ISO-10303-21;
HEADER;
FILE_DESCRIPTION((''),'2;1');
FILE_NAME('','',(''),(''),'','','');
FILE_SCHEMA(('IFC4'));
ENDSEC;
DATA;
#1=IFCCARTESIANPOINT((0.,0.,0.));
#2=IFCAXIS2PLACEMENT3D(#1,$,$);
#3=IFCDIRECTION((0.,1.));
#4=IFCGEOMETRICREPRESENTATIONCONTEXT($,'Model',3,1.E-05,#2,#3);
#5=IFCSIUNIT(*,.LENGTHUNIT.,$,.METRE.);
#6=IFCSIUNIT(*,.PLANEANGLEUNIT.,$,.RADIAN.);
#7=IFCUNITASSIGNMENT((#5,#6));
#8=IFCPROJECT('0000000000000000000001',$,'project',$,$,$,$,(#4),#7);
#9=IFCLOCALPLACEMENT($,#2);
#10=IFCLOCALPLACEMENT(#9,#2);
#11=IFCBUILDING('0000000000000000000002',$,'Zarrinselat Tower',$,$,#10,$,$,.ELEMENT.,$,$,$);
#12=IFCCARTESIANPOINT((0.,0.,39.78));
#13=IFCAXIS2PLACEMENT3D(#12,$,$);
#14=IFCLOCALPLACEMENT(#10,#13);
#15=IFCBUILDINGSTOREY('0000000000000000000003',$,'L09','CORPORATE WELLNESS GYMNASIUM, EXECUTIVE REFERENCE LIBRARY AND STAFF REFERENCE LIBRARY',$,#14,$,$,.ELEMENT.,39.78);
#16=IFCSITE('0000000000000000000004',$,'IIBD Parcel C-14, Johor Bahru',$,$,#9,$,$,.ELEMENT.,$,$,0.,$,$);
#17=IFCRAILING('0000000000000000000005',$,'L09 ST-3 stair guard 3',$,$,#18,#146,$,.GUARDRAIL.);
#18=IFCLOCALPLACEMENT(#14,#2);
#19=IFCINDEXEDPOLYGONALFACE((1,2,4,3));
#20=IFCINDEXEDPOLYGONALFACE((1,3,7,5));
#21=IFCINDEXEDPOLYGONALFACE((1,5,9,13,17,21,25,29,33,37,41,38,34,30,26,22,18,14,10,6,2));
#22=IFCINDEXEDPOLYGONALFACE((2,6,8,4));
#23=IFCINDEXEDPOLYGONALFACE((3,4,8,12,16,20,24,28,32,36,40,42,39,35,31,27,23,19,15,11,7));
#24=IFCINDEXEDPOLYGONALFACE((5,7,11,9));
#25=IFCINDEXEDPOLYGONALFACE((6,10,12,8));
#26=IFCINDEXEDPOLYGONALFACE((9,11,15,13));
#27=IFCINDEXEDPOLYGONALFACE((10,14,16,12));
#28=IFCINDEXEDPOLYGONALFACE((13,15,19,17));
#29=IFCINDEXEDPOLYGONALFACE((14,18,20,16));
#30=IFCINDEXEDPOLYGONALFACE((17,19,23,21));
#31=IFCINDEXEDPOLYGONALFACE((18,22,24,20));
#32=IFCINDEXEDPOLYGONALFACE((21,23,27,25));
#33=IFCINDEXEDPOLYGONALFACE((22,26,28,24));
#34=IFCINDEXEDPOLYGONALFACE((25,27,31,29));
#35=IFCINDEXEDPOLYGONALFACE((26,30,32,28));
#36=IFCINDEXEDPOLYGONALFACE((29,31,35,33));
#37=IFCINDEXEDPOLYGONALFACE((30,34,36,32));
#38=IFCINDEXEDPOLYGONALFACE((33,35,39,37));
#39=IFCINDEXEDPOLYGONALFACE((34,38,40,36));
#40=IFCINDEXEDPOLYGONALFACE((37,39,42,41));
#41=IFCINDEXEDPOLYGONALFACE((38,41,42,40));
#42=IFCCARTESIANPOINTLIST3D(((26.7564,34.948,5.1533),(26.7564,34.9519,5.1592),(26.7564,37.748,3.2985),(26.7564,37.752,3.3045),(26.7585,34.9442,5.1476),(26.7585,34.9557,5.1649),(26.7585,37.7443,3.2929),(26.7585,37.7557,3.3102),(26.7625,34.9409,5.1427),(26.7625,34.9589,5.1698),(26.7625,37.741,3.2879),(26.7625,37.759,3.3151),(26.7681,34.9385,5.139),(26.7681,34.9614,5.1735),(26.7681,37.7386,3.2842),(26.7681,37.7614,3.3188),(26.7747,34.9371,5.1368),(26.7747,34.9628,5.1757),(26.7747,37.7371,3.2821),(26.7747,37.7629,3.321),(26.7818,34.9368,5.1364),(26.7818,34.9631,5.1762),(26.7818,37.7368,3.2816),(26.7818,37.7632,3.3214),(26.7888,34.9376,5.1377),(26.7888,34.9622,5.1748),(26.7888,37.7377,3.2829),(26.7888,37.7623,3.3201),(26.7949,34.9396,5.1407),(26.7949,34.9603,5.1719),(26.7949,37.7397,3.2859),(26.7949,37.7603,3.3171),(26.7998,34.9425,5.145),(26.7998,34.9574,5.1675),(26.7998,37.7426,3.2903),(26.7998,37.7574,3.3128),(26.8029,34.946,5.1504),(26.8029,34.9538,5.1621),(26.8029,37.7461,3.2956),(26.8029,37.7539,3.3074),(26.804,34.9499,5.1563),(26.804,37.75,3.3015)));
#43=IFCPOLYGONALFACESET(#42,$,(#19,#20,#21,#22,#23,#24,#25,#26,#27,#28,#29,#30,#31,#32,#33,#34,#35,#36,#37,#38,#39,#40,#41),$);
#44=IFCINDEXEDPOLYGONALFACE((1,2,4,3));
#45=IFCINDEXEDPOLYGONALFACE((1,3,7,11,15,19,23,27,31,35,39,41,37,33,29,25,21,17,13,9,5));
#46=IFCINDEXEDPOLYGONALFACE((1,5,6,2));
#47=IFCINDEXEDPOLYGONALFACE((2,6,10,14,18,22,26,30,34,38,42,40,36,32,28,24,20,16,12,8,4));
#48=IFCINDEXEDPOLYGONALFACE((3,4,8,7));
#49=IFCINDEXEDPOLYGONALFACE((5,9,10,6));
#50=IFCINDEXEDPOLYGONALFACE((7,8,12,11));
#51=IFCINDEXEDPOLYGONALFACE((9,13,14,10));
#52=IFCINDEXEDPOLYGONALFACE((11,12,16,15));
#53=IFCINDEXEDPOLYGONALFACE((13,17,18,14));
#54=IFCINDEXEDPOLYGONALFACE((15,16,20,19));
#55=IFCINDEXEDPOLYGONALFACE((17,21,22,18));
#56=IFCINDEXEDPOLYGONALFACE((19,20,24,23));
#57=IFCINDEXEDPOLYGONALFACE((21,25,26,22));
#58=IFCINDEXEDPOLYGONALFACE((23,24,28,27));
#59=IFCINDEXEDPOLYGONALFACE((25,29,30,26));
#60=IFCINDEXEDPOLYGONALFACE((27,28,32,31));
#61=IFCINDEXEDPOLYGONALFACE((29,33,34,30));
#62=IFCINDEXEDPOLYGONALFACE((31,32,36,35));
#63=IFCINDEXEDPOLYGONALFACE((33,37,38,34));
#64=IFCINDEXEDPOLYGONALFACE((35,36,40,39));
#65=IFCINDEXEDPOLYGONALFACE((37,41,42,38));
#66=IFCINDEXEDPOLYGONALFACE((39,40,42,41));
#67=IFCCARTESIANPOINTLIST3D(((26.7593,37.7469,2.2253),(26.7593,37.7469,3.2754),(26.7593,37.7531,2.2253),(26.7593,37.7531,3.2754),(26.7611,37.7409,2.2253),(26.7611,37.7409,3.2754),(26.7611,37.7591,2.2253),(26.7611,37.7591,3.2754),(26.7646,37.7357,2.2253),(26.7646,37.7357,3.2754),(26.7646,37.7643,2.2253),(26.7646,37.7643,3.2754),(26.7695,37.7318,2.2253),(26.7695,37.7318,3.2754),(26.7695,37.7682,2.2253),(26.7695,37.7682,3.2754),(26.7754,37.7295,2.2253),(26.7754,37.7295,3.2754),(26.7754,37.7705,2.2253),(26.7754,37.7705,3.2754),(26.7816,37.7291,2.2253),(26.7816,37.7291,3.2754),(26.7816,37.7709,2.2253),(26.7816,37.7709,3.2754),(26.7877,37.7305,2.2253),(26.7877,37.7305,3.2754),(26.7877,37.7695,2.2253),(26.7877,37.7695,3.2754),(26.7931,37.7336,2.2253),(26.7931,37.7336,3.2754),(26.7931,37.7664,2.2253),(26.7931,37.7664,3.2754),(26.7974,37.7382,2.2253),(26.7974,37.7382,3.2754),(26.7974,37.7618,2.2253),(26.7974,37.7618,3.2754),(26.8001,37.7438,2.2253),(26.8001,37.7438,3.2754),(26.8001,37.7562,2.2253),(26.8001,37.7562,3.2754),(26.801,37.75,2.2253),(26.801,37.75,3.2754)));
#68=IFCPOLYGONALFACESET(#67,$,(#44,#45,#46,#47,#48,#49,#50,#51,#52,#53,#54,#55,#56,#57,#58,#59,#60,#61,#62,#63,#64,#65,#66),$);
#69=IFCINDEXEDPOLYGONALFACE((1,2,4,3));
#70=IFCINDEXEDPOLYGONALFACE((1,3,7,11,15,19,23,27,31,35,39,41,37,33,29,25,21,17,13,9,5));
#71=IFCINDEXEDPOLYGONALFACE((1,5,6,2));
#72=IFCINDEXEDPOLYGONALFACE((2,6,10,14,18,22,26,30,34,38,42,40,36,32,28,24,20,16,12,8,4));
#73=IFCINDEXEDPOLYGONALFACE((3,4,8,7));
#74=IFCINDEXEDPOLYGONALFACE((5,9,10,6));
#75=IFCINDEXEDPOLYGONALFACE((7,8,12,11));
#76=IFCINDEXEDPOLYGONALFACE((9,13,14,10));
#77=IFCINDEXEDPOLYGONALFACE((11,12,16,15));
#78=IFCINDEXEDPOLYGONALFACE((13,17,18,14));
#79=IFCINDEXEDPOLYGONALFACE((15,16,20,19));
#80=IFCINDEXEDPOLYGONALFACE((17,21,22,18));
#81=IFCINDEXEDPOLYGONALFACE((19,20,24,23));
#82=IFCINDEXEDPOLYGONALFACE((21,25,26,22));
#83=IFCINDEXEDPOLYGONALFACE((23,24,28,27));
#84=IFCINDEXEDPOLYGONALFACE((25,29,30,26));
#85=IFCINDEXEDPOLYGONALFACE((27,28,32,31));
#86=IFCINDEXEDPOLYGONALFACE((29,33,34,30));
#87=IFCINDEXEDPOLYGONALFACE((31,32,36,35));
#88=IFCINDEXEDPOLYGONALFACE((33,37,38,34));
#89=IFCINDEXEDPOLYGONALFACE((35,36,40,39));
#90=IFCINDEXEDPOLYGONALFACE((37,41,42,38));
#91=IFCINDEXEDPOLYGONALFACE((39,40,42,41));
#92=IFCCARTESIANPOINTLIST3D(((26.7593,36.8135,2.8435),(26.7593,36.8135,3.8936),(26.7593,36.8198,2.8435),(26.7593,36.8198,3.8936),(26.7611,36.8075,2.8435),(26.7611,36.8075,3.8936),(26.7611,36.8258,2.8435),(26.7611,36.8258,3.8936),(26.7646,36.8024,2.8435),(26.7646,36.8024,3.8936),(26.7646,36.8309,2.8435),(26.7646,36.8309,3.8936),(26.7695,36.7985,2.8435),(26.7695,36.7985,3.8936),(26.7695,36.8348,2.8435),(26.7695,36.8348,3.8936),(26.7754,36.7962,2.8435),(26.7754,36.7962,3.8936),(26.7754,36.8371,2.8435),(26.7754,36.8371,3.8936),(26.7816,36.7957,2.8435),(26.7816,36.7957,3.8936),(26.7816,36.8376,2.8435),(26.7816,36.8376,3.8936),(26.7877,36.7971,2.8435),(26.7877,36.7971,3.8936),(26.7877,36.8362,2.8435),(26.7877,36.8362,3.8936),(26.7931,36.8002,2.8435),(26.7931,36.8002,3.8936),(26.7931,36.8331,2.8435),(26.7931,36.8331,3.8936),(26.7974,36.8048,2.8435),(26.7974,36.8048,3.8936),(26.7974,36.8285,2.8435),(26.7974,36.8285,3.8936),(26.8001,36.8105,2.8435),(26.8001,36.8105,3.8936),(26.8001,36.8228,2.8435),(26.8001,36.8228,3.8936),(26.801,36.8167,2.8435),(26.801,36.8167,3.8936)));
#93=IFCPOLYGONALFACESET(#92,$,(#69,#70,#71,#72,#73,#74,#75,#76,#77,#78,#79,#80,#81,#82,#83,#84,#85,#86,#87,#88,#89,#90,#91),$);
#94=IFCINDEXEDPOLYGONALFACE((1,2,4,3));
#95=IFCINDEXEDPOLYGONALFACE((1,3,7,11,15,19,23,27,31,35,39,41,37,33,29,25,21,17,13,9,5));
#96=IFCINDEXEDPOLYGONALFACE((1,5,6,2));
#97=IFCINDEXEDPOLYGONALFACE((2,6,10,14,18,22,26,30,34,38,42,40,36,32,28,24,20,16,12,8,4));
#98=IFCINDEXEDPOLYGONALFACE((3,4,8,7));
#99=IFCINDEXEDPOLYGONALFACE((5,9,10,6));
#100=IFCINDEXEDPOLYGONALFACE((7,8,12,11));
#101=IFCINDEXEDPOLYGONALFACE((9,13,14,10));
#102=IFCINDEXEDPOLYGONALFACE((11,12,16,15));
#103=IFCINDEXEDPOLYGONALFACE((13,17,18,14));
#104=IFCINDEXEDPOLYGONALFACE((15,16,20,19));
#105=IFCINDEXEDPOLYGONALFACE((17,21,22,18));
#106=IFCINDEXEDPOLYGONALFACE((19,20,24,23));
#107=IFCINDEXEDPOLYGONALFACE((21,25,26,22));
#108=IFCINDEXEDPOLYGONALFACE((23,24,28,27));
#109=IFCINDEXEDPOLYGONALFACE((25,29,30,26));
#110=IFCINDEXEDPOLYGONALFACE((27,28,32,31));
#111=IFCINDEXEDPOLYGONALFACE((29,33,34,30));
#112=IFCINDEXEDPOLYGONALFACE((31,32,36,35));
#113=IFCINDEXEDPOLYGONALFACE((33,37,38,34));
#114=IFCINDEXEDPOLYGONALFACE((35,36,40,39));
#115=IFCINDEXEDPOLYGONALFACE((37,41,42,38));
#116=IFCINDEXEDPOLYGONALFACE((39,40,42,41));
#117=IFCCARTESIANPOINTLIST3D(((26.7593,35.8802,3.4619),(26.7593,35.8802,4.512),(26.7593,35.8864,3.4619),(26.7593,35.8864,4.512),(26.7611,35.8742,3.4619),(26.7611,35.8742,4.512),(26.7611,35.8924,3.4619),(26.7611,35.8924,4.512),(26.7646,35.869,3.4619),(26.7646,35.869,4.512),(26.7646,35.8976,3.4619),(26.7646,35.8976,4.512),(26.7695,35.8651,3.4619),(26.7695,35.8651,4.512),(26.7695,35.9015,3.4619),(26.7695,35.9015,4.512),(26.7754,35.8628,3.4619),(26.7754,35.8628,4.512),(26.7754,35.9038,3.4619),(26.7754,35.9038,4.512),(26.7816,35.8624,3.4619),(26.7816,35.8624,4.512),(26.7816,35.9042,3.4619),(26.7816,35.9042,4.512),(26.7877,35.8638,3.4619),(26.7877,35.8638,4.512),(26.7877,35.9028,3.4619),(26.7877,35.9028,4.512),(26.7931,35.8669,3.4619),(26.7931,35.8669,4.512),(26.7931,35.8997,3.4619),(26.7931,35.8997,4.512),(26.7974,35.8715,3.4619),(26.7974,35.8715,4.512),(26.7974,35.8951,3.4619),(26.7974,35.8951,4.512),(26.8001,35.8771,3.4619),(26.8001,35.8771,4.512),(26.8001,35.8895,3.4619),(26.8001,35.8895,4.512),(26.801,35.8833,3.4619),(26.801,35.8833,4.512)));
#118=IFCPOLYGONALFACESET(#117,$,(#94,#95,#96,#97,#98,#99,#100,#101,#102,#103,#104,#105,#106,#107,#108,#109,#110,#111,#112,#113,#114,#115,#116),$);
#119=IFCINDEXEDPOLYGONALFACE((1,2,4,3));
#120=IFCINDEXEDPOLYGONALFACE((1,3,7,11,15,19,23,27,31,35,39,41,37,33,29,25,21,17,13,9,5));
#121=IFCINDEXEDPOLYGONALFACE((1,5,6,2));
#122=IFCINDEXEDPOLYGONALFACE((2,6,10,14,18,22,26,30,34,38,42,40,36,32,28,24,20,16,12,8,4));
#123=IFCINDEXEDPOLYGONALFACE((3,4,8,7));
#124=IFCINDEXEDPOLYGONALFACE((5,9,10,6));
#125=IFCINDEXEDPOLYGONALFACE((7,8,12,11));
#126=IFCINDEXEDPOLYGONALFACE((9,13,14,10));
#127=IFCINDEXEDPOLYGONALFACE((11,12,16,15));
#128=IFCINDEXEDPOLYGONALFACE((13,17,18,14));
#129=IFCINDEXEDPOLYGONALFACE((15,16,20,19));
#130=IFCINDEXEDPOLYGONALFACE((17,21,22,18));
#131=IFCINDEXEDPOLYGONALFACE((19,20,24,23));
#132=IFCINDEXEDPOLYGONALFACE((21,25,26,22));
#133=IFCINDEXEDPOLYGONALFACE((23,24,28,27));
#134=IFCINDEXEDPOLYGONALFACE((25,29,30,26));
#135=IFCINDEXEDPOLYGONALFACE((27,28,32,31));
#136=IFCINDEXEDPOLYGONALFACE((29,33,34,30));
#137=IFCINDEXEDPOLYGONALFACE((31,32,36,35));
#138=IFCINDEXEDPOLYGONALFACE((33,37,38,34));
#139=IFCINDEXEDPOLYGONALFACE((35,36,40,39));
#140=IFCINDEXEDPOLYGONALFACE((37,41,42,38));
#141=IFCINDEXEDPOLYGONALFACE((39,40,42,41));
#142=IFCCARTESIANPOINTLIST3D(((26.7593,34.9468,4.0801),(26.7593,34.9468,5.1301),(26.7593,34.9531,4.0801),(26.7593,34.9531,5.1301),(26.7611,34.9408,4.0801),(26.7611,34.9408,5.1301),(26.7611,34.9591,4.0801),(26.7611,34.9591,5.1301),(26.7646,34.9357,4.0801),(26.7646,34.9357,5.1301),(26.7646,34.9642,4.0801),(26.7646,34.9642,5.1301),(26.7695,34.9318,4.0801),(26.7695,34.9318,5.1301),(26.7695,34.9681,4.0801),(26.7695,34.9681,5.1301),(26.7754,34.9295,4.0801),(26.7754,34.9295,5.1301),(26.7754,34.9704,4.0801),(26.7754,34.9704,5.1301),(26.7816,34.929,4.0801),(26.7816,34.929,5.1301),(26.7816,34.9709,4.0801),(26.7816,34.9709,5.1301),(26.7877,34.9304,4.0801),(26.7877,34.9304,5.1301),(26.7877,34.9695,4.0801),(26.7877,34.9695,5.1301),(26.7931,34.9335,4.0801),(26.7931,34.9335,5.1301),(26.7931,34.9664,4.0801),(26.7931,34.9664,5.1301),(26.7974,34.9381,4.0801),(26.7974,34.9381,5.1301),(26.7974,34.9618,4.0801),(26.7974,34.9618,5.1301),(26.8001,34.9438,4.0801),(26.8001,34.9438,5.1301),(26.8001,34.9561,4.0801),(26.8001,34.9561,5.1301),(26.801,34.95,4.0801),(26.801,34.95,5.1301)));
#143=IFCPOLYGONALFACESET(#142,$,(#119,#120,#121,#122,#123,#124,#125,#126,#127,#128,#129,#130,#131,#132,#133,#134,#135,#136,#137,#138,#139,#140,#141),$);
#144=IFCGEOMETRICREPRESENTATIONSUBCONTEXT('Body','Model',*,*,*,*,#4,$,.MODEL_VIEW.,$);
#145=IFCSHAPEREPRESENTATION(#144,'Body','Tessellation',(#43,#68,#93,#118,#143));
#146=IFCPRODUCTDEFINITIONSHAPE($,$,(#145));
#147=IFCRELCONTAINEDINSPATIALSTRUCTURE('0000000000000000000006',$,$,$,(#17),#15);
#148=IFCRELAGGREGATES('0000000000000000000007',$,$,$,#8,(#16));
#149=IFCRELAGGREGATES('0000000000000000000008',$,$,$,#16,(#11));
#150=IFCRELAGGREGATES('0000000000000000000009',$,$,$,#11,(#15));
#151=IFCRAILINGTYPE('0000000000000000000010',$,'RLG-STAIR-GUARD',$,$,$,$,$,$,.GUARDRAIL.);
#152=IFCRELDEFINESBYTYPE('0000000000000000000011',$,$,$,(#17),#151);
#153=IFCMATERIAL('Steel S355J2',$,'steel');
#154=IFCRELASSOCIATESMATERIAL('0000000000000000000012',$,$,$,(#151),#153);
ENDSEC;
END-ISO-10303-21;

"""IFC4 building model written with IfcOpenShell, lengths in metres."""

from ifc_helpers import new_model, si_unit, direction, frame, origin, origin_2d, place, context, subcontext, project, spatial, circle, extrude, material, type_object, element, save


model = new_model("IFC4")

# Units and contexts
model_context = context("Model", 3, precision=1e-05, world=origin(), true_north=direction((0.0, 1.0)))
body_context = subcontext(model_context, "Body", "Model", "MODEL_VIEW")
ifc_project = project(units=[si_unit("LENGTHUNIT", "METRE"), si_unit("PLANEANGLEUNIT", "RADIAN")], contexts=[model_context])

# Site, building, storey
site_placement = place(None, origin())
site = spatial("IfcSite", under=ifc_project, at=site_placement, Name="IIBD Parcel C-14, Johor Bahru", CompositionType="ELEMENT", RefElevation=0.0)
building_placement = place(site_placement, origin())
building = spatial("IfcBuilding", under=site, at=building_placement, Name="Zarrinselat Tower", CompositionType="ELEMENT")
storey_placement = place(building_placement, frame((0.0, 0.0, 39.78)))
storey = spatial("IfcBuildingStorey", under=building, at=storey_placement, Name="L09", Description="CORPORATE WELLNESS GYMNASIUM, EXECUTIVE REFERENCE LIBRARY AND STAFF REFERENCE LIBRARY", CompositionType="ELEMENT", Elevation=39.78)

# Railing
ifc_material_1 = material(Name="Steel S355J2", Category="steel")
railing_type_1 = type_object("IfcRailingType", Name="RLG-STAIR-GUARD", PredefinedType="GUARDRAIL", material=ifc_material_1)
railing_1_placement = place(storey_placement, frame((26.78, 37.75, 2.2253)))
element("IfcRailing", 1, at=railing_1_placement, inside=storey, type_object=railing_type_1, Name="L09 ST-3 stair guard 3", PredefinedType="GUARDRAIL", context=body_context, shape_type="SweptSolid", body=[
    extrude(circle(Radius=0.0239, at=origin_2d()), frame((0.0, 0.0, 1.0762), z_axis=(0.0, -0.833691, 0.552232), x_axis=(1.0, 0.0, 0.0)), (0.0, 0.0, 1.0), 3.3586),
    extrude(circle(Radius=0.021, at=origin_2d()), origin(), (0.0, 0.0, 1.0), 1.05),
    extrude(circle(Radius=0.021, at=origin_2d()), frame((0.0, -0.9333, 0.6182)), (0.0, 0.0, 1.0), 1.05),
    extrude(circle(Radius=0.021, at=origin_2d()), frame((0.0, -1.8667, 1.2366)), (0.0, 0.0, 1.0), 1.05),
    extrude(circle(Radius=0.021, at=origin_2d()), frame((0.0, -2.8, 1.8547)), (0.0, 0.0, 1.0), 1.05),
])

save(model, "model.ifc")
